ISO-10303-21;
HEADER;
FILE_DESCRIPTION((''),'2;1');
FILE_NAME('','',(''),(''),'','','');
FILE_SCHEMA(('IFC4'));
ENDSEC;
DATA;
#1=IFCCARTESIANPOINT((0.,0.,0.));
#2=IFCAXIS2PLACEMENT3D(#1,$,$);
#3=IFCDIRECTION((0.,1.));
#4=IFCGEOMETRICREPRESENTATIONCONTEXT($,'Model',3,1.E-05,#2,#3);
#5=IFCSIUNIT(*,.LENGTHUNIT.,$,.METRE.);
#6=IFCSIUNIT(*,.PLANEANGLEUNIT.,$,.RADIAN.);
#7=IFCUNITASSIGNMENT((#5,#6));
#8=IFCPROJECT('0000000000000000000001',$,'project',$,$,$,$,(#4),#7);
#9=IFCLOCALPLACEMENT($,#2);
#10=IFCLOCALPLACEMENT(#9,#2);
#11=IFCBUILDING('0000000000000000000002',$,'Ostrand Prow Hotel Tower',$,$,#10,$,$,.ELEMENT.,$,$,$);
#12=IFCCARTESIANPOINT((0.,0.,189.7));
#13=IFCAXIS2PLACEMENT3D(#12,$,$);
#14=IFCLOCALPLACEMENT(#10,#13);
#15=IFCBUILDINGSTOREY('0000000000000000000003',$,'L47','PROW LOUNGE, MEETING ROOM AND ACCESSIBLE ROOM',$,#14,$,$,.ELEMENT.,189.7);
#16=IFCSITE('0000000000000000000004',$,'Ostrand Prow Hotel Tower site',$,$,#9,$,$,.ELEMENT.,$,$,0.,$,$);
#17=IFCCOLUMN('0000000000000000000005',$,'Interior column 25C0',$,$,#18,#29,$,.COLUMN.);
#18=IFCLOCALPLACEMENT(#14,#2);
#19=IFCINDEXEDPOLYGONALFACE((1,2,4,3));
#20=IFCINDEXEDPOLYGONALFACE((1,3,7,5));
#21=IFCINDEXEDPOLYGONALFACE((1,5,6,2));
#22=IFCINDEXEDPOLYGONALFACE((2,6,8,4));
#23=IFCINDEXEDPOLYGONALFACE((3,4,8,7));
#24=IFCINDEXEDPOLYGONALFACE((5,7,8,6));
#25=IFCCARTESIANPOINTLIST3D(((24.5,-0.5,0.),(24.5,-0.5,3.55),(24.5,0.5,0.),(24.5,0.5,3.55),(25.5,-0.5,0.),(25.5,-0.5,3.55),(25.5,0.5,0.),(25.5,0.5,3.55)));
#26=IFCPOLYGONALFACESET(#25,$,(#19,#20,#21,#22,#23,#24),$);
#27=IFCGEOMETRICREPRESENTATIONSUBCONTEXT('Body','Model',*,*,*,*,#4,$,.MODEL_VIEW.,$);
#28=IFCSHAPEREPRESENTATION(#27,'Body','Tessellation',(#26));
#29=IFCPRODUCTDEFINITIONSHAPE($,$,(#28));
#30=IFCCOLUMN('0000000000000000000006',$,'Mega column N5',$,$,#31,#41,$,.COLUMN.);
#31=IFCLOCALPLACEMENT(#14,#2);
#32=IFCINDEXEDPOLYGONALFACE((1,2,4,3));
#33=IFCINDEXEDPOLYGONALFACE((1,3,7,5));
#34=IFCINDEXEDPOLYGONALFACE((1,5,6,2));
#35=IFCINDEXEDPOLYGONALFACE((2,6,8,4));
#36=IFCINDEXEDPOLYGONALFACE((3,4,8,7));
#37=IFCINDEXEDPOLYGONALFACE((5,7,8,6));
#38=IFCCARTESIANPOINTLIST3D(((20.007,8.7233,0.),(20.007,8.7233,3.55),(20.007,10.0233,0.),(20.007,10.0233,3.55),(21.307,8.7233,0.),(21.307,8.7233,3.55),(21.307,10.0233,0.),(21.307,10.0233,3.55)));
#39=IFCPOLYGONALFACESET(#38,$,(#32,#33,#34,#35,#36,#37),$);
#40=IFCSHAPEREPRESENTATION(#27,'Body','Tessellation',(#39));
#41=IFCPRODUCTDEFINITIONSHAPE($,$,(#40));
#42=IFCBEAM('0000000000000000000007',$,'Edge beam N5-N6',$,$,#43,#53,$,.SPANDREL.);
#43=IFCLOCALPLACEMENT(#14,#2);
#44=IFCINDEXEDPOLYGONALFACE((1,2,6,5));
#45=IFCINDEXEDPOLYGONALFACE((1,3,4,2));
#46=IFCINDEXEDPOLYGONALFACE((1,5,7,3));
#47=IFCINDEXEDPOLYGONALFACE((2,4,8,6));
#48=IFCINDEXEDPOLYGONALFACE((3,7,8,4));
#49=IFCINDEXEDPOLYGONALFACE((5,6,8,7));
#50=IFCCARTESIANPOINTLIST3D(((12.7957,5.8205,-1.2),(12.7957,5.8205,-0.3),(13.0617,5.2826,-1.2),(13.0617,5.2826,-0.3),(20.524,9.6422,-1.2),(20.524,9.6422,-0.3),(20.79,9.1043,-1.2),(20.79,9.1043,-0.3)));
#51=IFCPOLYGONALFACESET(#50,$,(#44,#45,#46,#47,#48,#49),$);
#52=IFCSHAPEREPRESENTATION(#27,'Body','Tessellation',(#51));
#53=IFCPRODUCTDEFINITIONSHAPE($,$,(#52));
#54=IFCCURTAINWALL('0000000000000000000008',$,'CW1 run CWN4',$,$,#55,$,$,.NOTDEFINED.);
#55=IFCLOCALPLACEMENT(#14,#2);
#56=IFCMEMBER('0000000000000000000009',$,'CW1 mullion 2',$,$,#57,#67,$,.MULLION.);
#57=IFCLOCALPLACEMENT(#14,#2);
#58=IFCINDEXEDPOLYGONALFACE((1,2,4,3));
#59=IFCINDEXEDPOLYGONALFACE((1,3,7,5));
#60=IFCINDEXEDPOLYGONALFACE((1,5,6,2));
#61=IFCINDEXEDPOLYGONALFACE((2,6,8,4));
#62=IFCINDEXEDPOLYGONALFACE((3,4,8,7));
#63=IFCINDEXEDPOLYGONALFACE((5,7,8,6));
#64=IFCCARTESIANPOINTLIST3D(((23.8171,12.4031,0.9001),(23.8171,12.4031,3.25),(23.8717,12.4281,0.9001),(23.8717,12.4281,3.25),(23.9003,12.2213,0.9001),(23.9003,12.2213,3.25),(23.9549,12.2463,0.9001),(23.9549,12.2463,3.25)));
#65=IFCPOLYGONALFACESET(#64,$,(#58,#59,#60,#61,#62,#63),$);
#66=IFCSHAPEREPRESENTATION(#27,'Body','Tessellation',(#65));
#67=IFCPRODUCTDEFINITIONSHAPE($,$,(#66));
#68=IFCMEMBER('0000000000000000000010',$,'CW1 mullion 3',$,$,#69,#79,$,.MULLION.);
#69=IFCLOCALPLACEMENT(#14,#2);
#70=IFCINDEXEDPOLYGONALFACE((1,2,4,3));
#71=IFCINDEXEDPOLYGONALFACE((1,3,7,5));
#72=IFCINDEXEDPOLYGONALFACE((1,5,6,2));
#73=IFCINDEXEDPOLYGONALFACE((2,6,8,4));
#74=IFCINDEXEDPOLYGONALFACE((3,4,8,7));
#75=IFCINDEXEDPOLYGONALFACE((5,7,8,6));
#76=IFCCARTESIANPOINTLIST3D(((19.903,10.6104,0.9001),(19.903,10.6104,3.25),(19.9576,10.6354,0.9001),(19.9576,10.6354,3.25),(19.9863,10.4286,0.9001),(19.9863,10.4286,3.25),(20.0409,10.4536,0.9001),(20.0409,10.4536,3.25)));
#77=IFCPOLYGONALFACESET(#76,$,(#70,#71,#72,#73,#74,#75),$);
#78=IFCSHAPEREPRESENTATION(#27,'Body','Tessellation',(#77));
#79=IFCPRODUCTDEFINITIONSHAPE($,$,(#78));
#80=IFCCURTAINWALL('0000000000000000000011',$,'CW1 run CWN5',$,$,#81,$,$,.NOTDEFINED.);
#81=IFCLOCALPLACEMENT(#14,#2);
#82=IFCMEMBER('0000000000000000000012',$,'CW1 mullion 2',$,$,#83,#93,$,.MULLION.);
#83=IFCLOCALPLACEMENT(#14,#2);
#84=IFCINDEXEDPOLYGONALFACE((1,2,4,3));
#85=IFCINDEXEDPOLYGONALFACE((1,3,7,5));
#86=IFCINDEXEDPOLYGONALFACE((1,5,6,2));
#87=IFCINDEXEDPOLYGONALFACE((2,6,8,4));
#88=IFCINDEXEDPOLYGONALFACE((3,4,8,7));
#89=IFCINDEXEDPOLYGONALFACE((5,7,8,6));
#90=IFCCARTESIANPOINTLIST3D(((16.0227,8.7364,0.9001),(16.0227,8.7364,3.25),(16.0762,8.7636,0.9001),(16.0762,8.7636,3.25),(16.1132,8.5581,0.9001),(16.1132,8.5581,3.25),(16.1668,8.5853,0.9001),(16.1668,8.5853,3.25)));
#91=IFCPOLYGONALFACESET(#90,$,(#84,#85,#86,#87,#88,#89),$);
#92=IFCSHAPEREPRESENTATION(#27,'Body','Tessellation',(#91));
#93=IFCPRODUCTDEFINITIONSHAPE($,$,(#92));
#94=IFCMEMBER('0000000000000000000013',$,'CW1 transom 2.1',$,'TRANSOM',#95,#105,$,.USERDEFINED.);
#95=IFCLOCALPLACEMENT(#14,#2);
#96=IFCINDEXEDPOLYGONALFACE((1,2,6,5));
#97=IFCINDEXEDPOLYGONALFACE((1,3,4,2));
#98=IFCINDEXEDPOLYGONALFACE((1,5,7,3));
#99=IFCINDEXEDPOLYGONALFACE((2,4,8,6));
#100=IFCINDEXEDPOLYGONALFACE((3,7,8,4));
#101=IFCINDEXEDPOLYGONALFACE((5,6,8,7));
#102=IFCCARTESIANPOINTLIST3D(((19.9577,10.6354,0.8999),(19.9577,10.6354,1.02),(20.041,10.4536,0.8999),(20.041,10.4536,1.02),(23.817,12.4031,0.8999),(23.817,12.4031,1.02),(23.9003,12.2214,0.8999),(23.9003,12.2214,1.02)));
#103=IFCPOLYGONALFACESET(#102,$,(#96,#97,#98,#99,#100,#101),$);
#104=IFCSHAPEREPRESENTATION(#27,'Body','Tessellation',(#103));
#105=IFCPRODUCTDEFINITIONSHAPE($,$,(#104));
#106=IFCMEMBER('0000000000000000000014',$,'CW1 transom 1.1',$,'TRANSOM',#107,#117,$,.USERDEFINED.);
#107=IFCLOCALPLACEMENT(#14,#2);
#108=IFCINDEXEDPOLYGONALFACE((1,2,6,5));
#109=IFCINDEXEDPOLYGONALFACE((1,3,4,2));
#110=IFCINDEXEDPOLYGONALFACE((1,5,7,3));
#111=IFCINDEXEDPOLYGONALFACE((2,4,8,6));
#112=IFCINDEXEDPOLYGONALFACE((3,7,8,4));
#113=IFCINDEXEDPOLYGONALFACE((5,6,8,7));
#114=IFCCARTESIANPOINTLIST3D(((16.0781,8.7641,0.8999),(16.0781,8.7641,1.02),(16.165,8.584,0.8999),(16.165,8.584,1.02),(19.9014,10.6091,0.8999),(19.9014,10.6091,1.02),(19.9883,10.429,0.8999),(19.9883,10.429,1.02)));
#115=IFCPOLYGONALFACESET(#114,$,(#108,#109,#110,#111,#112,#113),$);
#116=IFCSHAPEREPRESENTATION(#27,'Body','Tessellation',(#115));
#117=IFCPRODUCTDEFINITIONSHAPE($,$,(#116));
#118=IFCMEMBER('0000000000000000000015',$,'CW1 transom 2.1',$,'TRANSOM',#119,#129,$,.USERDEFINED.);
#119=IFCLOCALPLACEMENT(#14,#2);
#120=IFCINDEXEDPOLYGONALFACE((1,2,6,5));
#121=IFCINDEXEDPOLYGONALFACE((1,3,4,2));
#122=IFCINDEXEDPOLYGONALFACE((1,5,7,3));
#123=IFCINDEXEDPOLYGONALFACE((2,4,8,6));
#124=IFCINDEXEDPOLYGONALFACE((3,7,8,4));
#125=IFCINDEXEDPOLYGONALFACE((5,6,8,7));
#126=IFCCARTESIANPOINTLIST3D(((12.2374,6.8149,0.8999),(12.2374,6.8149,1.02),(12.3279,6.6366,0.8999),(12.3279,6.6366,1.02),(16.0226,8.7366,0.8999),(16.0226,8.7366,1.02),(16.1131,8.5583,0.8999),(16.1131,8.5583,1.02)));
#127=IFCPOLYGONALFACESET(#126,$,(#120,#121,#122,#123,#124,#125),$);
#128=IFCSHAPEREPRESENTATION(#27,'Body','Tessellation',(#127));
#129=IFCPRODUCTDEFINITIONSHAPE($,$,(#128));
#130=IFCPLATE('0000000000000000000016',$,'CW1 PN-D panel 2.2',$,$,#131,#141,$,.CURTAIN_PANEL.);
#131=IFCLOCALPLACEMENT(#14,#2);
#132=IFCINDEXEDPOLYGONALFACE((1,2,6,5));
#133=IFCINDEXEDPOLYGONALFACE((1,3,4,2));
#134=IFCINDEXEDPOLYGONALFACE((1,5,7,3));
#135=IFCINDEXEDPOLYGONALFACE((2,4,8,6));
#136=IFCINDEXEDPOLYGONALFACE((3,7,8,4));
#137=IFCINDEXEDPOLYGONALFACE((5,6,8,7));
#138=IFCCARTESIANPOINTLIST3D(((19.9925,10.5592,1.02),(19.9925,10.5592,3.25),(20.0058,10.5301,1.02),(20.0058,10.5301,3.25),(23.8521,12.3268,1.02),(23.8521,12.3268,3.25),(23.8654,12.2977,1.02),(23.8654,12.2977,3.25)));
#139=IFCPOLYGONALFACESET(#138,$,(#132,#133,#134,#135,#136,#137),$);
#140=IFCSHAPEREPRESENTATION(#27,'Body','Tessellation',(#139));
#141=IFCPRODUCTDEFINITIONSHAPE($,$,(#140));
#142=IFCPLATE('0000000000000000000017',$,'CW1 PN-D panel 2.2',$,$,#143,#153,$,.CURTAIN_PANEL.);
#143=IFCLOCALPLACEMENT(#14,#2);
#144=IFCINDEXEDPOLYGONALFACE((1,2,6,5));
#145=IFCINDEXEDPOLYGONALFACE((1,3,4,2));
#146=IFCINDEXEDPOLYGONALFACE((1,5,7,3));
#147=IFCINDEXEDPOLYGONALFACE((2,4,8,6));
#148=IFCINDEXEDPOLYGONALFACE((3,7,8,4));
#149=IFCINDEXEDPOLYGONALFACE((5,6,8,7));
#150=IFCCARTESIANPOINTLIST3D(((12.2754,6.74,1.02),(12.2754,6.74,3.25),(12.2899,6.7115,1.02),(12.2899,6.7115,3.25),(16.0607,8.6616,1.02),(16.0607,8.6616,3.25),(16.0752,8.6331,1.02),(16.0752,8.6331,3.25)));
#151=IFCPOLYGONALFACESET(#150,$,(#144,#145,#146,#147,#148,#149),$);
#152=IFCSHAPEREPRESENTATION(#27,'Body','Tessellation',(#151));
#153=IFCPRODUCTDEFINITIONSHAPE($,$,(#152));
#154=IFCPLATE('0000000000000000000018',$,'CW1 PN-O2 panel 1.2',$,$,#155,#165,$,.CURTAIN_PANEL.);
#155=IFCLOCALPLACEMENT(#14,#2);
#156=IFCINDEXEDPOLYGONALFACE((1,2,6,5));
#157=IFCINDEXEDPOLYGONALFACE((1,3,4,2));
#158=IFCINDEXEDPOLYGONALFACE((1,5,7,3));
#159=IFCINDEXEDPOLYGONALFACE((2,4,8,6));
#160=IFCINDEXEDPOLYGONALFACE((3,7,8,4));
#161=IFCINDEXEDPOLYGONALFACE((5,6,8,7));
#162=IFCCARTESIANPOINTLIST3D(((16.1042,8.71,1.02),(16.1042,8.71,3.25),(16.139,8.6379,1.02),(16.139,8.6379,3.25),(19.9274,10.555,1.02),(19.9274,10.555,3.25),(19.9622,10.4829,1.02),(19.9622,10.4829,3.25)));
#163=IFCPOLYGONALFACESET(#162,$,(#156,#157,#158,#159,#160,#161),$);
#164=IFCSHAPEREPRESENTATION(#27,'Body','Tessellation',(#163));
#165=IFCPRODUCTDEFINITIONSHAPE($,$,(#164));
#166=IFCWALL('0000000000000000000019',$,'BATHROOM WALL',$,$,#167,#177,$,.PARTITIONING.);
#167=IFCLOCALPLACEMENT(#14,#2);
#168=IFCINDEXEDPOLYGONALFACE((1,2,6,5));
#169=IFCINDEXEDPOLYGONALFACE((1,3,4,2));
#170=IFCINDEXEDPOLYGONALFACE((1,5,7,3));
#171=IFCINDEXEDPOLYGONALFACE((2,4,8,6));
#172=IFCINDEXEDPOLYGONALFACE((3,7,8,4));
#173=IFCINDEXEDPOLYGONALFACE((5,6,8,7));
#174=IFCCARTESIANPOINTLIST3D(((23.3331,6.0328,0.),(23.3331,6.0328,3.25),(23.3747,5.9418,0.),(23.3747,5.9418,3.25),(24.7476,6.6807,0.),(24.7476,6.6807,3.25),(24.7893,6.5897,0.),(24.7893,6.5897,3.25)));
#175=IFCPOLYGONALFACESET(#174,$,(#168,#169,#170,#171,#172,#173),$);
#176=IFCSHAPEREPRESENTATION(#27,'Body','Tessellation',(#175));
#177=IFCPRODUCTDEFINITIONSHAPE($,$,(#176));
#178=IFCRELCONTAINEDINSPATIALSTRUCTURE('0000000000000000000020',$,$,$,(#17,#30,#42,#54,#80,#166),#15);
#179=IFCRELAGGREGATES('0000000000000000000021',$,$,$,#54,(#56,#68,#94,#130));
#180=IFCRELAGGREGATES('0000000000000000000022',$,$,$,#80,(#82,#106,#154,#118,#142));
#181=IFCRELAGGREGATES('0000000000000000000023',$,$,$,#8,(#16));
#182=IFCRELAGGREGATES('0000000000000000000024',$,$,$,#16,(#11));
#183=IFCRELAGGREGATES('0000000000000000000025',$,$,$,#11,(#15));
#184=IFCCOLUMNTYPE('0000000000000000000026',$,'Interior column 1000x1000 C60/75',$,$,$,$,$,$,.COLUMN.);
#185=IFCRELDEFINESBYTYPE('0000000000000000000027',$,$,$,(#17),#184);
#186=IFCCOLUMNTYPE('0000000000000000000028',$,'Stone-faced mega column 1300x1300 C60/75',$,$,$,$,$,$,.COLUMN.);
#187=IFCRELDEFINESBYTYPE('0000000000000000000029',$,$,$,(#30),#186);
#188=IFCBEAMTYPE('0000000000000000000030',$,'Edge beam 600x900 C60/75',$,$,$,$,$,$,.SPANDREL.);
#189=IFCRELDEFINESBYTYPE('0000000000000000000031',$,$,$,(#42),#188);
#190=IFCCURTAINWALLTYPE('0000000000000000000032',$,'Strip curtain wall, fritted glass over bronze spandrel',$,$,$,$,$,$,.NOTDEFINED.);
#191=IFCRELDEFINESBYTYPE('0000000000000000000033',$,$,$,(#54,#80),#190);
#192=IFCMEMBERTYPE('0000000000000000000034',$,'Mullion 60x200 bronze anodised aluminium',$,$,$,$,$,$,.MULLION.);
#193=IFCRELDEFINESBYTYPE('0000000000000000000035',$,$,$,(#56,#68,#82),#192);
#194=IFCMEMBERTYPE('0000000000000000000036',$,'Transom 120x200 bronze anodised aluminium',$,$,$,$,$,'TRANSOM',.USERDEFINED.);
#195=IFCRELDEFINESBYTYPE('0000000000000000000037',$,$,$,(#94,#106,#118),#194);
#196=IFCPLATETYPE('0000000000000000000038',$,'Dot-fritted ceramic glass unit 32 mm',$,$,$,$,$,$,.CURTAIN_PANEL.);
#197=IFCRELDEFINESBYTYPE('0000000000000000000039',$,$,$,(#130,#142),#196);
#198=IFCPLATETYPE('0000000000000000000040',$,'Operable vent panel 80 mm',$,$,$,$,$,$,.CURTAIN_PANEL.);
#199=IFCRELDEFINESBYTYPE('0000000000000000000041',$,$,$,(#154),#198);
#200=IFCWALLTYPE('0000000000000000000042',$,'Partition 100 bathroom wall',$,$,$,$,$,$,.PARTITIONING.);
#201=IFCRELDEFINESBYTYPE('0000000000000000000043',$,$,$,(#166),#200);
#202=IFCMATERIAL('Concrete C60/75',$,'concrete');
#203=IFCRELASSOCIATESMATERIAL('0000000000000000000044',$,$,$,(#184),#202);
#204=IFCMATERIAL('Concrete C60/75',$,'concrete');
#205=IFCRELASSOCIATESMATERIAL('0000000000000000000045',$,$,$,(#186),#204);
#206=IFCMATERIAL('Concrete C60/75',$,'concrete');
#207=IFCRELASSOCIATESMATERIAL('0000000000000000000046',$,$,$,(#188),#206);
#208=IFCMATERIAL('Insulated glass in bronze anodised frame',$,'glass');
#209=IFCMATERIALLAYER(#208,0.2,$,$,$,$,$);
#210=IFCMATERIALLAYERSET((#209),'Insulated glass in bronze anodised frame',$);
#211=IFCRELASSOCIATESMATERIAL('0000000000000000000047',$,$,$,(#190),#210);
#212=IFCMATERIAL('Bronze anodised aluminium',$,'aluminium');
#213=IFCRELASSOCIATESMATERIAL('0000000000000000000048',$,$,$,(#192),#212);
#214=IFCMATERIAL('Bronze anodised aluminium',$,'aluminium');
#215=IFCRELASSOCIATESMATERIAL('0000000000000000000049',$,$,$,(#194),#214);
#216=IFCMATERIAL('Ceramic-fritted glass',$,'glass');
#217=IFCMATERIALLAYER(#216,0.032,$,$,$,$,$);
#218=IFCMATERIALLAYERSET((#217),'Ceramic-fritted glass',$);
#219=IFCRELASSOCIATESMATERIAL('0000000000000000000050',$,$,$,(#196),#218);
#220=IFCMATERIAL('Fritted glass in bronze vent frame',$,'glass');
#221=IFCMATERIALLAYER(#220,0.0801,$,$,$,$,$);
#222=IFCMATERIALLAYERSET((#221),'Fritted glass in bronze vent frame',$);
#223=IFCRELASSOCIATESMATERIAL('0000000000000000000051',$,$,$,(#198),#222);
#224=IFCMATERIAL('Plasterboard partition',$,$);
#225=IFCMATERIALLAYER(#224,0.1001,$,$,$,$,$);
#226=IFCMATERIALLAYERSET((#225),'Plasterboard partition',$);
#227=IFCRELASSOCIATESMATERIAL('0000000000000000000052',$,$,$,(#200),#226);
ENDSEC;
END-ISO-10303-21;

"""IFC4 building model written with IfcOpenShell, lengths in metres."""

from ifc_helpers import new_model, si_unit, direction, frame, frame_2d, origin, origin_2d, place, context, subcontext, project, spatial, rectangle, extrude, material, layer, layer_set, material_profile, profile_set, type_object, element, aggregate, save


model = new_model("IFC4")

# Units and contexts
model_context = context("Model", 3, precision=1e-05, world=origin(), true_north=direction((0.0, 1.0)))
body_context = subcontext(model_context, "Body", "Model", "MODEL_VIEW")
ifc_project = project(units=[si_unit("LENGTHUNIT", "METRE"), si_unit("PLANEANGLEUNIT", "RADIAN")], contexts=[model_context])

# Site, building, storey
site_placement = place(None, origin())
site = spatial("IfcSite", under=ifc_project, at=site_placement, Name="Ostrand Prow Hotel Tower site", CompositionType="ELEMENT", RefElevation=0.0)
building_placement = place(site_placement, origin())
building = spatial("IfcBuilding", under=site, at=building_placement, Name="Ostrand Prow Hotel Tower", CompositionType="ELEMENT")
storey_placement = place(building_placement, frame((0.0, 0.0, 189.7)))
storey = spatial("IfcBuildingStorey", under=building, at=storey_placement, Name="L47", Description="PROW LOUNGE, MEETING ROOM AND ACCESSIBLE ROOM", CompositionType="ELEMENT", Elevation=189.7)

# Columns
ifc_material_1 = material(Name="Concrete C60/75", Category="concrete")
ifc_material_profile_1 = material_profile(ifc_material_1, rectangle(XDim=1.0, YDim=1.0, at=origin_2d()), Name="RC 1000x1000")
ifc_profile_set_1 = profile_set([ifc_material_profile_1], Name="Concrete C60/75")
column_type_1 = type_object("IfcColumnType", Name="Interior column 1000x1000 C60/75", PredefinedType="COLUMN", material=ifc_profile_set_1)
column_1_placement = place(storey_placement, frame((25.0, 0.0, 0.0), z_axis=(0.0, 0.0, 1.0), x_axis=(1.0, 0.0, 0.0)))
element("IfcColumn", 1, at=column_1_placement, inside=storey, type_object=column_type_1, Name="Interior column 25C0", PredefinedType="COLUMN", context=body_context, shape_type="SweptSolid", body=[
    extrude(rectangle(XDim=1.0, YDim=1.0, at=origin_2d()), origin(), (0.0, 0.0, 1.0), 3.55),
])
ifc_material_2 = material(Name="Concrete C60/75", Category="concrete")
ifc_material_profile_2 = material_profile(ifc_material_2, rectangle(XDim=1.3, YDim=1.3, at=origin_2d()), Name="RC 1300x1300")
ifc_profile_set_2 = profile_set([ifc_material_profile_2], Name="Concrete C60/75")
column_type_2 = type_object("IfcColumnType", Name="Stone-faced mega column 1300x1300 C60/75", PredefinedType="COLUMN", material=ifc_profile_set_2)
column_2_placement = place(storey_placement, frame((20.657, 9.3733, 0.0), z_axis=(0.0, 0.0, 1.0), x_axis=(1.0, 0.0, 0.0)))
element("IfcColumn", 2, at=column_2_placement, inside=storey, type_object=column_type_2, Name="Mega column N5", PredefinedType="COLUMN", context=body_context, shape_type="SweptSolid", body=[
    extrude(rectangle(XDim=1.3, YDim=1.3, at=origin_2d()), origin(), (0.0, 0.0, 1.0), 3.55),
])

# Beam
ifc_material_3 = material(Name="Concrete C60/75", Category="concrete")
ifc_material_profile_3 = material_profile(ifc_material_3, rectangle(XDim=0.6001, YDim=0.8999, at=origin_2d()), Name="RC 600x900")
ifc_profile_set_3 = profile_set([ifc_material_profile_3], Name="Concrete C60/75")
beam_type = type_object("IfcBeamType", Name="Edge beam 600x900 C60/75", PredefinedType="SPANDREL", material=ifc_profile_set_3)
beam_placement = place(storey_placement, frame((20.657, 9.3733, -0.75), z_axis=(-0.896384, -0.443279, 0.0), x_axis=(0.443279, -0.896384, 0.0)))
element("IfcBeam", 3, at=beam_placement, inside=storey, type_object=beam_type, Name="Edge beam N5-N6", PredefinedType="SPANDREL", context=body_context, shape_type="SweptSolid", body=[
    extrude(rectangle(XDim=0.6001, YDim=0.8999, at=origin_2d()), origin(), (0.0, 0.0, 1.0), 8.6216),
])

# Curtain wall, members
ifc_material_4 = material(Name="Insulated glass in bronze anodised frame", Category="glass")
ifc_layer_1 = layer(ifc_material_4, 0.2)
ifc_layer_set_1 = layer_set([ifc_layer_1], Name="Insulated glass in bronze anodised frame")
curtain_wall_type = type_object("IfcCurtainWallType", Name="Strip curtain wall, fritted glass over bronze spandrel", PredefinedType="NOTDEFINED", material=ifc_layer_set_1)
curtain_wall_1_placement = place(storey_placement, origin())
curtain_wall_1 = element("IfcCurtainWall", 4, at=curtain_wall_1_placement, inside=storey, type_object=curtain_wall_type, Name="CW1 run CWN4", PredefinedType="NOTDEFINED")
ifc_material_5 = material(Name="Bronze anodised aluminium", Category="aluminium")
ifc_material_profile_4 = material_profile(ifc_material_5, rectangle(XDim=0.2, YDim=0.0601, at=origin_2d()), Name="Mullion 60x200 bronze anodised aluminium")
ifc_profile_set_4 = profile_set([ifc_material_profile_4], Name="Bronze anodised aluminium")
member_type_1 = type_object("IfcMemberType", Name="Mullion 60x200 bronze anodised aluminium", PredefinedType="MULLION", material=ifc_profile_set_4)
member_1_placement = place(storey_placement, frame((23.886, 12.3247, 0.9001), z_axis=(0.0, 0.0, 1.0), x_axis=(0.416393, -0.909185, 0.0)))
member_1 = element("IfcMember", 5, at=member_1_placement, type_object=member_type_1, Name="CW1 mullion 2", PredefinedType="MULLION", context=body_context, shape_type="SweptSolid", body=[
    extrude(rectangle(XDim=0.2, YDim=0.0601, at=origin_2d()), origin(), (0.0, 0.0, 1.0), 2.3499),
])
member_2_placement = place(storey_placement, frame((19.9719, 10.532, 0.9001), z_axis=(0.0, 0.0, 1.0), x_axis=(0.416393, -0.909185, 0.0)))
member_2 = element("IfcMember", 6, at=member_2_placement, type_object=member_type_1, Name="CW1 mullion 3", PredefinedType="MULLION", context=body_context, shape_type="SweptSolid", body=[
    extrude(rectangle(XDim=0.2, YDim=0.0601, at=origin_2d()), origin(), (0.0, 0.0, 1.0), 2.3499),
])

# Curtain wall, member
curtain_wall_2_placement = place(storey_placement, origin())
curtain_wall_2 = element("IfcCurtainWall", 7, at=curtain_wall_2_placement, inside=storey, type_object=curtain_wall_type, Name="CW1 run CWN5", PredefinedType="NOTDEFINED")
member_3_placement = place(storey_placement, frame((16.0947, 8.6609, 0.9001), z_axis=(0.0, 0.0, 1.0), x_axis=(0.452659, -0.891684, 0.0)))
member_3 = element("IfcMember", 8, at=member_3_placement, type_object=member_type_1, Name="CW1 mullion 2", PredefinedType="MULLION", context=body_context, shape_type="SweptSolid", body=[
    extrude(rectangle(XDim=0.2, YDim=0.0601, at=origin_2d()), origin(), (0.0, 0.0, 1.0), 2.3499),
])

# Members
ifc_material_6 = material(Name="Bronze anodised aluminium", Category="aluminium")
ifc_material_profile_5 = material_profile(ifc_material_6, rectangle(XDim=0.2, YDim=0.1201, at=origin_2d()), Name="Transom 120x200 bronze anodised aluminium")
ifc_profile_set_5 = profile_set([ifc_material_profile_5], Name="Bronze anodised aluminium")
member_type_2 = type_object("IfcMemberType", Name="Transom 120x200 bronze anodised aluminium", ElementType="TRANSOM", PredefinedType="USERDEFINED", material=ifc_profile_set_5)
member_4_placement = place(storey_placement, frame((23.8586, 12.3123, 0.96), z_axis=(-0.909159, -0.416449, 0.0), x_axis=(0.416449, -0.909159, 0.0)))
member_4 = element("IfcMember", 9, at=member_4_placement, type_object=member_type_2, Name="CW1 transom 2.1", ObjectType="TRANSOM", PredefinedType="USERDEFINED", context=body_context, shape_type="SweptSolid", body=[
    extrude(rectangle(XDim=0.2, YDim=0.1201, at=origin_2d()), origin(), (0.0, 0.0, 1.0), 4.2449),
])
member_5_placement = place(storey_placement, frame((19.9448, 10.519, 0.96), z_axis=(-0.900619, -0.434609, 0.0), x_axis=(0.434609, -0.900619, 0.0)))
member_5 = element("IfcMember", 10, at=member_5_placement, type_object=member_type_2, Name="CW1 transom 1.1", ObjectType="TRANSOM", PredefinedType="USERDEFINED", context=body_context, shape_type="SweptSolid", body=[
    extrude(rectangle(XDim=0.2, YDim=0.1201, at=origin_2d()), origin(), (0.0, 0.0, 1.0), 4.2451),
])
member_6_placement = place(storey_placement, frame((16.0679, 8.6475, 0.96), z_axis=(-0.891673, -0.45268, 0.0), x_axis=(0.45268, -0.891673, 0.0)))
member_6 = element("IfcMember", 11, at=member_6_placement, type_object=member_type_2, Name="CW1 transom 2.1", ObjectType="TRANSOM", PredefinedType="USERDEFINED", context=body_context, shape_type="SweptSolid", body=[
    extrude(rectangle(XDim=0.2, YDim=0.1201, at=origin_2d()), origin(), (0.0, 0.0, 1.0), 4.2451),
])

# Plates
ifc_material_7 = material(Name="Ceramic-fritted glass", Category="glass")
ifc_layer_2 = layer(ifc_material_7, 0.032)
ifc_layer_set_2 = layer_set([ifc_layer_2], Name="Ceramic-fritted glass")
plate_type_1 = type_object("IfcPlateType", Name="Dot-fritted ceramic glass unit 32 mm", PredefinedType="CURTAIN_PANEL", material=ifc_layer_set_2)
plate_1_placement = place(storey_placement, frame((21.929, 11.4285, 1.02), z_axis=(0.0, 0.0, 1.0), x_axis=(-0.909185, -0.416393, 0.0)))
plate_1 = element("IfcPlate", 12, at=plate_1_placement, type_object=plate_type_1, Name="CW1 PN-D panel 2.2", PredefinedType="CURTAIN_PANEL", context=body_context, shape_type="SweptSolid", body=[
    extrude(rectangle(XDim=4.2451, YDim=0.032, at=origin_2d()), origin(), (0.0, 0.0, 1.0), 2.23),
])
aggregate(curtain_wall_1, [member_1, member_2, member_4, plate_1])
plate_2_placement = place(storey_placement, frame((14.1753, 7.6865, 1.02), z_axis=(0.0, 0.0, 1.0), x_axis=(-0.891684, -0.452659, 0.0)))
plate_2 = element("IfcPlate", 13, at=plate_2_placement, type_object=plate_type_1, Name="CW1 PN-D panel 2.2", PredefinedType="CURTAIN_PANEL", context=body_context, shape_type="SweptSolid", body=[
    extrude(rectangle(XDim=4.2451, YDim=0.032, at=origin_2d()), origin(), (0.0, 0.0, 1.0), 2.23),
])
ifc_material_8 = material(Name="Fritted glass in bronze vent frame", Category="glass")
ifc_layer_3 = layer(ifc_material_8, 0.0801)
ifc_layer_set_3 = layer_set([ifc_layer_3], Name="Fritted glass in bronze vent frame")
plate_type_2 = type_object("IfcPlateType", Name="Operable vent panel 80 mm", PredefinedType="CURTAIN_PANEL", material=ifc_layer_set_3)
plate_3_placement = place(storey_placement, frame((18.0332, 9.5964, 1.02), z_axis=(0.0, 0.0, 1.0), x_axis=(-0.900616, -0.434615, 0.0)))
plate_3 = element("IfcPlate", 14, at=plate_3_placement, type_object=plate_type_2, Name="CW1 PN-O2 panel 1.2", PredefinedType="CURTAIN_PANEL", context=body_context, shape_type="SweptSolid", body=[
    extrude(rectangle(XDim=4.2451, YDim=0.0801, at=origin_2d()), origin(), (0.0, 0.0, 1.0), 2.23),
])
aggregate(curtain_wall_2, [member_3, member_5, plate_3, member_6, plate_2])

# Wall
ifc_material_9 = material(Name="Plasterboard partition")
ifc_layer_4 = layer(ifc_material_9, 0.1001)
ifc_layer_set_4 = layer_set([ifc_layer_4], Name="Plasterboard partition")
wall_type_1 = type_object("IfcWallType", Name="Partition 100 bathroom wall", PredefinedType="PARTITIONING", material=ifc_layer_set_4)
wall_1_placement = place(storey_placement, frame((23.354, 5.9873, 0.0), z_axis=(0.0, 0.0, 1.0), x_axis=(0.909159, 0.416449, 0.0)))
element("IfcWall", 15, at=wall_1_placement, inside=storey, type_object=wall_type_1, Name="BATHROOM WALL", PredefinedType="PARTITIONING", context=body_context, shape_type="SweptSolid", body=[
    extrude(rectangle(XDim=1.5559, YDim=0.1001, at=frame_2d((0.7778, 0.0))), origin(), (0.0, 0.0, 1.0), 3.25),
])

save(model, "model.ifc")
